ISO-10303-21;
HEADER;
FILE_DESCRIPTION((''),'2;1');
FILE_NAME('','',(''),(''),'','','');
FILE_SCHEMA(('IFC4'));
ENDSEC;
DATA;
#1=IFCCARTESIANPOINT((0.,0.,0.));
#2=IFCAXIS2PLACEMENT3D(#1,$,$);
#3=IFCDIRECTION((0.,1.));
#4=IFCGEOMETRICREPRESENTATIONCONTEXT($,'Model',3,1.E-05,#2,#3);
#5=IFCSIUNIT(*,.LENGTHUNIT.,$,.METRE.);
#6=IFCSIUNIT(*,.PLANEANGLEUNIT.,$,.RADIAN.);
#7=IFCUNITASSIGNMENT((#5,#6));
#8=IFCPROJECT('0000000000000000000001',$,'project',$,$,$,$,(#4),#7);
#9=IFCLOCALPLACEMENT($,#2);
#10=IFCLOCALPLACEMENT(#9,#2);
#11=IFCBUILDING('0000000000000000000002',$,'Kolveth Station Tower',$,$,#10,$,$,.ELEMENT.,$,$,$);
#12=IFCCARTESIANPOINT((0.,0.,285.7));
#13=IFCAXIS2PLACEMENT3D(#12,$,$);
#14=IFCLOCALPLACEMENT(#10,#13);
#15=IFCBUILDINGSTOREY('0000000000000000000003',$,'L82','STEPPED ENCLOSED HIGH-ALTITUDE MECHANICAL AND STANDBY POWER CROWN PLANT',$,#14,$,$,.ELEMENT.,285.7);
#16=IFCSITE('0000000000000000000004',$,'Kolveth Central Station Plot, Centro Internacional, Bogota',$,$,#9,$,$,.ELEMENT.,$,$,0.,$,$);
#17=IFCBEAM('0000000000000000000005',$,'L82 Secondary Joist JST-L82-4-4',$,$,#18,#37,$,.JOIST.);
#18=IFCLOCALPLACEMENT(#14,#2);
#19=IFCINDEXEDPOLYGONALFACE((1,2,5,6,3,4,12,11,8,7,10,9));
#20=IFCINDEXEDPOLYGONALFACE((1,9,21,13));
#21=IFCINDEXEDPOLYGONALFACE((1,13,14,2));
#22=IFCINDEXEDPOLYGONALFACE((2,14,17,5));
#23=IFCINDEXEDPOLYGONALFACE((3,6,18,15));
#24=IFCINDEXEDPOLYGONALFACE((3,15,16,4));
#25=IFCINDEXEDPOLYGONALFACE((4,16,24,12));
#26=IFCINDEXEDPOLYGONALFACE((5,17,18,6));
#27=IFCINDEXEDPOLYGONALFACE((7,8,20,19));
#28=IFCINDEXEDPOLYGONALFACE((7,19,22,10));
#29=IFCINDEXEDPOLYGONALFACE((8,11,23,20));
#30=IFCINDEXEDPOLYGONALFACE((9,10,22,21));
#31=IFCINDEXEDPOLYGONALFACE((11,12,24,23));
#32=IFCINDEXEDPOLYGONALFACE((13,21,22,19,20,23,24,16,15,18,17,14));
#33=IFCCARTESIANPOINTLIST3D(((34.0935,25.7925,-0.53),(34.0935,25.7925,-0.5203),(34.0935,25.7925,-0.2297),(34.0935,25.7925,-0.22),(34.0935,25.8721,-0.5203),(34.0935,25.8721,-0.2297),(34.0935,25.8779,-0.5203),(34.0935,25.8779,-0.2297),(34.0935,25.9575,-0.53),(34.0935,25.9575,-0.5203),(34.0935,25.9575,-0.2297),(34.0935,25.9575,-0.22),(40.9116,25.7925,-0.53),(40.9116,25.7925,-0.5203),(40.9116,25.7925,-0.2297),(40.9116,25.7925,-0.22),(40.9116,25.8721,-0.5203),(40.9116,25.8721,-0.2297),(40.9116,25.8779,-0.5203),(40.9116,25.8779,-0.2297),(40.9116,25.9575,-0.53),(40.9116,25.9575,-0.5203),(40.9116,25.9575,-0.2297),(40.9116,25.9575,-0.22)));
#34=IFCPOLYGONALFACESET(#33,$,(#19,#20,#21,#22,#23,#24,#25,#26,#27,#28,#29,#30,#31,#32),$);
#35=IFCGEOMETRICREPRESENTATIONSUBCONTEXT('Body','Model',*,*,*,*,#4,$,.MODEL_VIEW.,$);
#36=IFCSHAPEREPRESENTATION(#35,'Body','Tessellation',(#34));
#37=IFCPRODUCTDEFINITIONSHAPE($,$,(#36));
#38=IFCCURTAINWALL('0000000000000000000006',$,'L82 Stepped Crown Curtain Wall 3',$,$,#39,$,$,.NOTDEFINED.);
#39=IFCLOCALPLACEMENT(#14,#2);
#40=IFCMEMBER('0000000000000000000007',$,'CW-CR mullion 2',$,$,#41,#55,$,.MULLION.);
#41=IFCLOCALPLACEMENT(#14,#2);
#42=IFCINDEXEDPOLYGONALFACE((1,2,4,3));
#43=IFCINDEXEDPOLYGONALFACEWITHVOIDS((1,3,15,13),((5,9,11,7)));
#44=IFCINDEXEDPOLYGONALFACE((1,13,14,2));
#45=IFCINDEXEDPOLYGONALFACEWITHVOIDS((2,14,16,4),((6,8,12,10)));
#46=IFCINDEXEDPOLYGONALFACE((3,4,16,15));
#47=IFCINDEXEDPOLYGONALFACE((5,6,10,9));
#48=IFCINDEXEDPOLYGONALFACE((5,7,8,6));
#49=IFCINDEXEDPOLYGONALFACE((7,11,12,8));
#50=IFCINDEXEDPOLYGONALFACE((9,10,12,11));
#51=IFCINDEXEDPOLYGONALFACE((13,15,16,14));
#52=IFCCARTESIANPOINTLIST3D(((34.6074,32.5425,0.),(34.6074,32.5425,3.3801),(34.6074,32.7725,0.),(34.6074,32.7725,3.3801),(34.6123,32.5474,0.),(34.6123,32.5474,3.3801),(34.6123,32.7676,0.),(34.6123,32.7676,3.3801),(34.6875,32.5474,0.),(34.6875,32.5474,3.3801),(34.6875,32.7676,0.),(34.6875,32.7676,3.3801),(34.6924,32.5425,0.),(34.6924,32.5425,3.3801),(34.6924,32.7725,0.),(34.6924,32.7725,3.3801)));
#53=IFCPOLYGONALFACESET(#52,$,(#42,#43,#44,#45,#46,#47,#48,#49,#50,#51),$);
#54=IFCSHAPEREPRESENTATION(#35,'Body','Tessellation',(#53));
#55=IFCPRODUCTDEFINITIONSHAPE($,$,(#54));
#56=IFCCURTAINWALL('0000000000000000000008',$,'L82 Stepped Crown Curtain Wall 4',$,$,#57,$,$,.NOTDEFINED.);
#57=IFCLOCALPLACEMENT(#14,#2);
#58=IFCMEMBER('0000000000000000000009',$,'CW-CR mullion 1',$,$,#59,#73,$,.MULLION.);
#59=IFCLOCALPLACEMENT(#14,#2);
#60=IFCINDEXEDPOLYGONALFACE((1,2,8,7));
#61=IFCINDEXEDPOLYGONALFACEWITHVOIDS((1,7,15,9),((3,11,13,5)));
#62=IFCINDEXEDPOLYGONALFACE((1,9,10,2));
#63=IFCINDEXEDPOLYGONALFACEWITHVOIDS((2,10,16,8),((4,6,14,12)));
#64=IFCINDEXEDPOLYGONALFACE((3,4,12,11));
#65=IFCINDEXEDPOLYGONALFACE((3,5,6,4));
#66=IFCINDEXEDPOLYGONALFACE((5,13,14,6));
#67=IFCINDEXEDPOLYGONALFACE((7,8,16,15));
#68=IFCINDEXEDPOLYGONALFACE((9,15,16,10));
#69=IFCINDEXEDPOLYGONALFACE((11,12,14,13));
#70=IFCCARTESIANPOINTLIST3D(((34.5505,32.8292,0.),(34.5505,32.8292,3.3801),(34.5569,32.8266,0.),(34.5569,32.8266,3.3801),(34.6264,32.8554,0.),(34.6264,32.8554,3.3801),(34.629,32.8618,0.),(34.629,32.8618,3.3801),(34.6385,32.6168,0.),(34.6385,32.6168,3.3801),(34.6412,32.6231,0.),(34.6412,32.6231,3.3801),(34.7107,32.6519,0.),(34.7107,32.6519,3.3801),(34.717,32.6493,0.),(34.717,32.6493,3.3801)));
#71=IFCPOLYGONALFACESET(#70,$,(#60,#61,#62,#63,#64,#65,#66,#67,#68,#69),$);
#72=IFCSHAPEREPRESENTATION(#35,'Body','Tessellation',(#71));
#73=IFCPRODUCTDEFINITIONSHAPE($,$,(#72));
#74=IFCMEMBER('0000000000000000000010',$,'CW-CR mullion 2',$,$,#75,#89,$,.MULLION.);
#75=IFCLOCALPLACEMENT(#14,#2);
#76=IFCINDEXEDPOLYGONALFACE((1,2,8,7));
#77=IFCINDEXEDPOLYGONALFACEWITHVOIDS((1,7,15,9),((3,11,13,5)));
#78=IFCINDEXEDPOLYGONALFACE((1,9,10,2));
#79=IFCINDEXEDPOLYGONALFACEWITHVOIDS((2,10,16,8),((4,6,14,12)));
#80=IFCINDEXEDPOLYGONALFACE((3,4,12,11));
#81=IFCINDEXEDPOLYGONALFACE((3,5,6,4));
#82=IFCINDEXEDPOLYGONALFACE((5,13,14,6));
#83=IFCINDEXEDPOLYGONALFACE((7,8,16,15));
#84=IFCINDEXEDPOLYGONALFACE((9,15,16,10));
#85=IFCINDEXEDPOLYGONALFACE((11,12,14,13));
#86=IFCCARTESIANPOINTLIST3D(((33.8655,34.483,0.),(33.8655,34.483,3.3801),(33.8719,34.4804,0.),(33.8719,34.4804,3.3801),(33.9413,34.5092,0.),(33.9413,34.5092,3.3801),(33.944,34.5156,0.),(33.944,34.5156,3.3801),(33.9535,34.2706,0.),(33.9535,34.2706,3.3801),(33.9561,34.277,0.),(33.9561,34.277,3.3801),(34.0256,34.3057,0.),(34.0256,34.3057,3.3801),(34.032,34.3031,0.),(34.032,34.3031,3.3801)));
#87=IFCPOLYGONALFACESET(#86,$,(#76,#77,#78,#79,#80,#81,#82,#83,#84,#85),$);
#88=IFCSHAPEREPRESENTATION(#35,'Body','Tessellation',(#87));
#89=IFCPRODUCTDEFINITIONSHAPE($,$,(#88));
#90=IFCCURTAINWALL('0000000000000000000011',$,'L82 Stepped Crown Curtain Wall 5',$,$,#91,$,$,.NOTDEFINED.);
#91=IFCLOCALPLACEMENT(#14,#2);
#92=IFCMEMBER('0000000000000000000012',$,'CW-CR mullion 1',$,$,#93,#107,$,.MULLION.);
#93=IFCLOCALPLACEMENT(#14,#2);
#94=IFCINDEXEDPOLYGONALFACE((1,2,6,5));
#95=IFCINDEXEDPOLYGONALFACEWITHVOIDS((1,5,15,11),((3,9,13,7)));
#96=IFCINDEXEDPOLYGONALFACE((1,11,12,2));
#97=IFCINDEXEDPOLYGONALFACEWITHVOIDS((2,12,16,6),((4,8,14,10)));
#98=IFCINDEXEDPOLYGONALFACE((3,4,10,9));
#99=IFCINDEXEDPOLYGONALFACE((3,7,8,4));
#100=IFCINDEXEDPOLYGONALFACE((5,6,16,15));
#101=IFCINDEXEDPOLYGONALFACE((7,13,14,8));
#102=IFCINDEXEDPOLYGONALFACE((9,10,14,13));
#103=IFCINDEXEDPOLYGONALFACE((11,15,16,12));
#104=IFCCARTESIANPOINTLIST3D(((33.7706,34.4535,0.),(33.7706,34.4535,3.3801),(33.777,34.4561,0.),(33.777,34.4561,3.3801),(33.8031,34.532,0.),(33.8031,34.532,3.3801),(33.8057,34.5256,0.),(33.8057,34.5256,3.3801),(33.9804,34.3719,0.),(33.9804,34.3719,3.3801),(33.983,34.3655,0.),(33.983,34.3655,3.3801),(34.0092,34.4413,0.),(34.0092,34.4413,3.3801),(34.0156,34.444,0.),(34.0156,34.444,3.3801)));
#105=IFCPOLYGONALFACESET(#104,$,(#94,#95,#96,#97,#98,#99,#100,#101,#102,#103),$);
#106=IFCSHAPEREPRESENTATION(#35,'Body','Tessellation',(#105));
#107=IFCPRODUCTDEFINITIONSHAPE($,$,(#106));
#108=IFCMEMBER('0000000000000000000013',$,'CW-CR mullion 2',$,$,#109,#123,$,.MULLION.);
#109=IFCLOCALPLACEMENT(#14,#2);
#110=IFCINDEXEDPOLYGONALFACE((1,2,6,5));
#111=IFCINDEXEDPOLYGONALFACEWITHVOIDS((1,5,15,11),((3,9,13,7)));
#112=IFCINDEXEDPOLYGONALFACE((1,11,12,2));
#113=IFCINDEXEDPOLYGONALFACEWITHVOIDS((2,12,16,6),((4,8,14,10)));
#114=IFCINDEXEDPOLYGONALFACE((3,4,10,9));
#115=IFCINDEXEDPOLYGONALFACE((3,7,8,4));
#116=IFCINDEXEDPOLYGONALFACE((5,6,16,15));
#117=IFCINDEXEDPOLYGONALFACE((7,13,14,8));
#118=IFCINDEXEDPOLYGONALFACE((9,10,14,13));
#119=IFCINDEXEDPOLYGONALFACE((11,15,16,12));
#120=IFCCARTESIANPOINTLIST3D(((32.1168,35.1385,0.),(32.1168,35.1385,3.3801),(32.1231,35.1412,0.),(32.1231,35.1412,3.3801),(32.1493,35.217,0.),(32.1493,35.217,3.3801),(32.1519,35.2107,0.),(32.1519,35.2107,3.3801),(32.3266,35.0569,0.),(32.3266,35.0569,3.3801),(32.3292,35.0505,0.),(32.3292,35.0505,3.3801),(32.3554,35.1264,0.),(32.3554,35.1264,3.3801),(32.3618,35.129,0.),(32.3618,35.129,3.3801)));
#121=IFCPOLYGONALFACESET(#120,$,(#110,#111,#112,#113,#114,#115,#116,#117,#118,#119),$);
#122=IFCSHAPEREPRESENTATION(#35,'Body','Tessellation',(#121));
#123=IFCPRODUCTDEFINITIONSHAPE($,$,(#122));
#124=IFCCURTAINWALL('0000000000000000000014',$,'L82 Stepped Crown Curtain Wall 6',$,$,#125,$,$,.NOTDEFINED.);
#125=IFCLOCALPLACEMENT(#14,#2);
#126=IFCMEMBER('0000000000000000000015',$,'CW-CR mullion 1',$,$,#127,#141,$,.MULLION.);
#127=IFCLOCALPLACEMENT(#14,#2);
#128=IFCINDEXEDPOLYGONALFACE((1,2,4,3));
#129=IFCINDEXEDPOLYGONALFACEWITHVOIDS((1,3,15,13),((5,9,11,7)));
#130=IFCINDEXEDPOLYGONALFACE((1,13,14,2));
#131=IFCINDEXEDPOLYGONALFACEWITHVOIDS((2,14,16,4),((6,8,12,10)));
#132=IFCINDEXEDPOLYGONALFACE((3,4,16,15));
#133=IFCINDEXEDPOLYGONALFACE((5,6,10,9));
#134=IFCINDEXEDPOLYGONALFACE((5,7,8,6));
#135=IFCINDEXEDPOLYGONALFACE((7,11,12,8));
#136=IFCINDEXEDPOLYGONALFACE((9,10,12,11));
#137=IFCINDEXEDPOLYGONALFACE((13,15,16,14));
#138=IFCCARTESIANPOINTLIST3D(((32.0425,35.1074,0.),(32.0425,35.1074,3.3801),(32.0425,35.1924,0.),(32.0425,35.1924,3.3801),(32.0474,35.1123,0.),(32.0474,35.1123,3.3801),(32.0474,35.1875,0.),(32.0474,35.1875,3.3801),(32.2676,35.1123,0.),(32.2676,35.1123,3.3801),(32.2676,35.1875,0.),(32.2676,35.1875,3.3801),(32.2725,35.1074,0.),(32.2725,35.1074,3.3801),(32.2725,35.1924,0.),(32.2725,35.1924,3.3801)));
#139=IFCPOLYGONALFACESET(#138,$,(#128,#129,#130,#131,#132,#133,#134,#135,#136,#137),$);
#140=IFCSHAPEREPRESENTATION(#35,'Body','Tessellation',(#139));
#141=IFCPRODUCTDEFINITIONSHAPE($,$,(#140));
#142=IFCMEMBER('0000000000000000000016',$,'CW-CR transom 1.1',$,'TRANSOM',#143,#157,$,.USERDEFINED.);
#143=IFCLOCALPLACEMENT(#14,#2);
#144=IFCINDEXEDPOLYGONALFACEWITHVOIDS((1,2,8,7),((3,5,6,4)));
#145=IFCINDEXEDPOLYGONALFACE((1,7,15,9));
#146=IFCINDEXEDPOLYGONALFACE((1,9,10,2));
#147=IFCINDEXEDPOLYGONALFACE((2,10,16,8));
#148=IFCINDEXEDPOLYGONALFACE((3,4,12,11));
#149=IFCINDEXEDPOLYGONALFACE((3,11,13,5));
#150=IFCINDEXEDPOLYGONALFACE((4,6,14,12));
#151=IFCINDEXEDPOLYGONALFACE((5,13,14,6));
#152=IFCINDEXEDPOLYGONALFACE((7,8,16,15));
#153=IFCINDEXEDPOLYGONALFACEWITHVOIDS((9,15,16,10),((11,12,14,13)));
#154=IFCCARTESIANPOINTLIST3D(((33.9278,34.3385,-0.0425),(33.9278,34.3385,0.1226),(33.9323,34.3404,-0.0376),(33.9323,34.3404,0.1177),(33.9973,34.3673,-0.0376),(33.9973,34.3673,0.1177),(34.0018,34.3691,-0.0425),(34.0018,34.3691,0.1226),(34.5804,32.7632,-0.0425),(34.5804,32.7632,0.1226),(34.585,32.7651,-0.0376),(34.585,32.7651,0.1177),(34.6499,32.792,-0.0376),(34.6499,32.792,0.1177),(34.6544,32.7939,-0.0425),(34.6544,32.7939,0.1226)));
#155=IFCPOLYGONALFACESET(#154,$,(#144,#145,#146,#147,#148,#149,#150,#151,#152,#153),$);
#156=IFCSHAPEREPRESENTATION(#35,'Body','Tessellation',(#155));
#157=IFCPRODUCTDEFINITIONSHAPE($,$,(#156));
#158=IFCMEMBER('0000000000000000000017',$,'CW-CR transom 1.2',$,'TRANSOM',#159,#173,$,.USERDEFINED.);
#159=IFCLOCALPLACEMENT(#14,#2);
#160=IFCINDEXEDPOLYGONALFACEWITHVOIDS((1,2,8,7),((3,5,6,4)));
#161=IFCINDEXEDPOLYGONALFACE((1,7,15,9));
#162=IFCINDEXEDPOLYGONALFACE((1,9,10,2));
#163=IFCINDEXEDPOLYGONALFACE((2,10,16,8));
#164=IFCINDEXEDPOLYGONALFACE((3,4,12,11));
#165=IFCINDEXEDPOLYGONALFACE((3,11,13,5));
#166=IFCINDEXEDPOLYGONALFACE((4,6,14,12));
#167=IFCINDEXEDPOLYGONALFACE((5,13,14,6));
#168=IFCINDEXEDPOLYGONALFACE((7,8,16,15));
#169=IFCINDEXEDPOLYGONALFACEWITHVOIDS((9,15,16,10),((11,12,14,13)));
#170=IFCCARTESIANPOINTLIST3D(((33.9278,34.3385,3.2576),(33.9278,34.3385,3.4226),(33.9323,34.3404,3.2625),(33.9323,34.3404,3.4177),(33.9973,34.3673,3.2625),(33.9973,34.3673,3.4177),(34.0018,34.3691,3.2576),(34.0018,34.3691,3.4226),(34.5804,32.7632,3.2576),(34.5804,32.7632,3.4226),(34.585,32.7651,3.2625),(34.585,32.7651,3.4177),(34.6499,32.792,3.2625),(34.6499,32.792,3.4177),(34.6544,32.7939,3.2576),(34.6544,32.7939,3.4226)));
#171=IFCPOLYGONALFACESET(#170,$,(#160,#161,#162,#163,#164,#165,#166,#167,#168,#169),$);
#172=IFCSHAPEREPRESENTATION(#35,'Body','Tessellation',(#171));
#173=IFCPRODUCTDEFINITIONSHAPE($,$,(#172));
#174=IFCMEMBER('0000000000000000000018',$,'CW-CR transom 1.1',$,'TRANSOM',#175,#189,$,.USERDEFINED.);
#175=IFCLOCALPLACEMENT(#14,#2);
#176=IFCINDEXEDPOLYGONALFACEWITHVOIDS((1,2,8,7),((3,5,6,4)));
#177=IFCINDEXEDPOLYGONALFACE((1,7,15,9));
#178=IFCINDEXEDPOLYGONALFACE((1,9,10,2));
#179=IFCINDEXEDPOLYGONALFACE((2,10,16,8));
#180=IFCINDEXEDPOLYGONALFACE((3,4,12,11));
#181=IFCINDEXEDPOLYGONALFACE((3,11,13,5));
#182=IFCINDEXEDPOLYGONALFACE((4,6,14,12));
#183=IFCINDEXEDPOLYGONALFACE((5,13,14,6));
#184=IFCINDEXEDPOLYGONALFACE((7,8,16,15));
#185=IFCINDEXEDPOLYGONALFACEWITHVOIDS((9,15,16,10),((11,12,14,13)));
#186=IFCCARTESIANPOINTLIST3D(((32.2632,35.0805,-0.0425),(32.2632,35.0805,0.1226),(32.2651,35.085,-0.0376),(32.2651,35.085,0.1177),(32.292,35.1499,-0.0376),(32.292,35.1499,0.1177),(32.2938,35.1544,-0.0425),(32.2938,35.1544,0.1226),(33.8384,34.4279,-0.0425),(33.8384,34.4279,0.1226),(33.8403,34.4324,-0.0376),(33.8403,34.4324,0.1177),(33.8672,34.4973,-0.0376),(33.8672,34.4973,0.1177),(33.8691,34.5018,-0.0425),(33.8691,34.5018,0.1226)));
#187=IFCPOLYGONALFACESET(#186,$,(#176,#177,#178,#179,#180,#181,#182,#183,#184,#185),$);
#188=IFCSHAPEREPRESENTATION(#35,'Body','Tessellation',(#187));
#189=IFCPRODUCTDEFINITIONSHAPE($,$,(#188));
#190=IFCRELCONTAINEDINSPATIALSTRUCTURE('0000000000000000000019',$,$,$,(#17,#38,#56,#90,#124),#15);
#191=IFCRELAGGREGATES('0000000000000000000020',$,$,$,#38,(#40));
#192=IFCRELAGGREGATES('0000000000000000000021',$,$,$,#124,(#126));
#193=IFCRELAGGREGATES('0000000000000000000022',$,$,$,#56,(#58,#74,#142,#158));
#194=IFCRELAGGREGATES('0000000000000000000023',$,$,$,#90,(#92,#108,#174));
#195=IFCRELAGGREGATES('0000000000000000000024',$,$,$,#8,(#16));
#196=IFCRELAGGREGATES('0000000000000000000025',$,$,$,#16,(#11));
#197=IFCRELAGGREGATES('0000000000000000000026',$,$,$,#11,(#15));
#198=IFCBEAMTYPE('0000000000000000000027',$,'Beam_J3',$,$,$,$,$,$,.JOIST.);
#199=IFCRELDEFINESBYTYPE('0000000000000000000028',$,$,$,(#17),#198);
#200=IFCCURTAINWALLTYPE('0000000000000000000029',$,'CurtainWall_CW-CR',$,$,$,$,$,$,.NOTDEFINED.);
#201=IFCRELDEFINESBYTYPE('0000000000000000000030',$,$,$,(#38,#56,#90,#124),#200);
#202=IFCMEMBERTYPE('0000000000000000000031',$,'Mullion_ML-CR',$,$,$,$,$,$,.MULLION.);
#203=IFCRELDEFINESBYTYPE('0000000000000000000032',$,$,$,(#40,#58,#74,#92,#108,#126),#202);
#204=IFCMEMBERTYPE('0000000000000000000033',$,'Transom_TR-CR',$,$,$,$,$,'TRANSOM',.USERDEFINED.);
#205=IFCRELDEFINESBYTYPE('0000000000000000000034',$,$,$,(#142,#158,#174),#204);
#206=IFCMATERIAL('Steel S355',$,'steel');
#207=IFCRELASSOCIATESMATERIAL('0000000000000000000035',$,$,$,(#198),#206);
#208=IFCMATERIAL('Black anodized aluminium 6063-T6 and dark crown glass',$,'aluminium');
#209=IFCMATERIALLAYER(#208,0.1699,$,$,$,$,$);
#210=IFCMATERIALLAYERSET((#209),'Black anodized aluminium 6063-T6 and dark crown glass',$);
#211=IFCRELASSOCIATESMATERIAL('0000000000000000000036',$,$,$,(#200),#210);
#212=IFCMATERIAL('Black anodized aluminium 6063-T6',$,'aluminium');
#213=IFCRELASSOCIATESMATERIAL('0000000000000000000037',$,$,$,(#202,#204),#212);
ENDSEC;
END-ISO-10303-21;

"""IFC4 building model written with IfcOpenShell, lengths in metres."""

from ifc_helpers import new_model, si_unit, direction, frame, origin, origin_2d, place, context, subcontext, project, spatial, hollow_rectangle, i_section, extrude, source, transform, mapped, material, layer, layer_set, material_profile, profile_set, type_object, element, aggregate, save


model = new_model("IFC4")

# Units and contexts
model_context = context("Model", 3, precision=1e-05, world=origin(), true_north=direction((0.0, 1.0)))
body_context = subcontext(model_context, "Body", "Model", "MODEL_VIEW")
ifc_project = project(units=[si_unit("LENGTHUNIT", "METRE"), si_unit("PLANEANGLEUNIT", "RADIAN")], contexts=[model_context])

# Site, building, storey
site_placement = place(None, origin())
site = spatial("IfcSite", under=ifc_project, at=site_placement, Name="Kolveth Central Station Plot, Centro Internacional, Bogota", CompositionType="ELEMENT", RefElevation=0.0)
building_placement = place(site_placement, origin())
building = spatial("IfcBuilding", under=site, at=building_placement, Name="Kolveth Station Tower", CompositionType="ELEMENT")
storey_placement = place(building_placement, frame((0.0, 0.0, 285.7)))
storey = spatial("IfcBuildingStorey", under=building, at=storey_placement, Name="L82", Description="STEPPED ENCLOSED HIGH-ALTITUDE MECHANICAL AND STANDBY POWER CROWN PLANT", CompositionType="ELEMENT", Elevation=285.7)

# Shared definitions
ifc_material_1 = material(Name="Steel S355", Category="steel")

# Beam
ifc_material_profile_1 = material_profile(ifc_material_1, i_section(OverallWidth=0.165, OverallDepth=0.3101, WebThickness=0.0059, FlangeThickness=0.0098, at=origin_2d()), Name="W310x39")
ifc_profile_set_1 = profile_set([ifc_material_profile_1], Name="Steel S355")
beam_type_1 = type_object("IfcBeamType", Name="Beam_J3", PredefinedType="JOIST", material=ifc_profile_set_1)
shared_shape_1 = source(origin(), body_context, "Body", "SweptSolid", [
    extrude(i_section(OverallWidth=0.165, OverallDepth=0.3101, WebThickness=0.0059, FlangeThickness=0.0098, at=origin_2d()), origin(), (0.0, 0.0, 1.0), 6.8181),
])
beam_1_placement = place(storey_placement, frame((34.0935, 25.875, -0.375), z_axis=(1.0, 0.0, 0.0), x_axis=(0.0, 1.0, 0.0)))
element("IfcBeam", 1, at=beam_1_placement, inside=storey, type_object=beam_type_1, Name="L82 Secondary Joist JST-L82-4-4", PredefinedType="JOIST", context=body_context, shape_type="MappedRepresentation", body=[
    mapped(shared_shape_1, transform((0.0, 0.0, 0.0), x_axis=(1.0, 0.0, 0.0), y_axis=(0.0, 1.0, 0.0), z_axis=(0.0, 0.0, 1.0), scale=1.0)),
])

# Curtain wall, member
ifc_material_2 = material(Name="Black anodized aluminium 6063-T6 and dark crown glass", Category="aluminium")
ifc_layer_1 = layer(ifc_material_2, 0.1699)
ifc_layer_set_1 = layer_set([ifc_layer_1], Name="Black anodized aluminium 6063-T6 and dark crown glass")
curtain_wall_type = type_object("IfcCurtainWallType", Name="CurtainWall_CW-CR", PredefinedType="NOTDEFINED", material=ifc_layer_set_1)
curtain_wall_1_placement = place(storey_placement, origin())
curtain_wall_1 = element("IfcCurtainWall", 2, at=curtain_wall_1_placement, inside=storey, type_object=curtain_wall_type, Name="L82 Stepped Crown Curtain Wall 3", PredefinedType="NOTDEFINED")
ifc_material_3 = material(Name="Black anodized aluminium 6063-T6", Category="aluminium")
ifc_material_profile_2 = material_profile(ifc_material_3, hollow_rectangle(XDim=0.085, YDim=0.23, WallThickness=0.0049, at=origin_2d()), Name="ALU-85x230x5")
ifc_profile_set_2 = profile_set([ifc_material_profile_2], Name="Black anodized aluminium 6063-T6")
member_type_1 = type_object("IfcMemberType", Name="Mullion_ML-CR", PredefinedType="MULLION", material=ifc_profile_set_2)
shared_shape_2 = source(origin(), body_context, "Body", "SweptSolid", [
    extrude(hollow_rectangle(XDim=0.085, YDim=0.23, WallThickness=0.0049, at=origin_2d()), origin(), (0.0, 0.0, 1.0), 3.3801),
])
member_1_placement = place(storey_placement, frame((34.6499, 32.6575, 0.0), z_axis=(0.0, 0.0, 1.0), x_axis=(-1.0, 0.0, 0.0)))
member_1 = element("IfcMember", 3, at=member_1_placement, type_object=member_type_1, Name="CW-CR mullion 2", PredefinedType="MULLION", context=body_context, shape_type="MappedRepresentation", body=[
    mapped(shared_shape_2, transform((0.0, 0.0, 0.0), x_axis=(1.0, 0.0, 0.0), y_axis=(0.0, 1.0, 0.0), z_axis=(0.0, 0.0, 1.0), scale=1.0)),
])
aggregate(curtain_wall_1, [member_1])

# Curtain walls, members
curtain_wall_2_placement = place(storey_placement, origin())
curtain_wall_2 = element("IfcCurtainWall", 4, at=curtain_wall_2_placement, inside=storey, type_object=curtain_wall_type, Name="L82 Stepped Crown Curtain Wall 4", PredefinedType="NOTDEFINED")
member_2_placement = place(storey_placement, frame((34.6338, 32.7393, 0.0), z_axis=(0.0, 0.0, 1.0), x_axis=(-0.923876, -0.382691, 0.0)))
member_2 = element("IfcMember", 5, at=member_2_placement, type_object=member_type_1, Name="CW-CR mullion 1", PredefinedType="MULLION", context=body_context, shape_type="MappedRepresentation", body=[
    mapped(shared_shape_2, transform((0.0, 0.0, 0.0), x_axis=(1.0, 0.0, 0.0), y_axis=(0.0, 1.0, 0.0), z_axis=(0.0, 0.0, 1.0), scale=1.0)),
])
member_3_placement = place(storey_placement, frame((33.9487, 34.3931, 0.0), z_axis=(0.0, 0.0, 1.0), x_axis=(-0.923876, -0.382691, 0.0)))
member_3 = element("IfcMember", 6, at=member_3_placement, type_object=member_type_1, Name="CW-CR mullion 2", PredefinedType="MULLION", context=body_context, shape_type="MappedRepresentation", body=[
    mapped(shared_shape_2, transform((0.0, 0.0, 0.0), x_axis=(1.0, 0.0, 0.0), y_axis=(0.0, 1.0, 0.0), z_axis=(0.0, 0.0, 1.0), scale=1.0)),
])
curtain_wall_3_placement = place(storey_placement, origin())
curtain_wall_3 = element("IfcCurtainWall", 7, at=curtain_wall_3_placement, inside=storey, type_object=curtain_wall_type, Name="L82 Stepped Crown Curtain Wall 5", PredefinedType="NOTDEFINED")
member_4_placement = place(storey_placement, frame((33.8931, 34.4487, 0.0), z_axis=(0.0, 0.0, 1.0), x_axis=(-0.382691, -0.923876, 0.0)))
member_4 = element("IfcMember", 8, at=member_4_placement, type_object=member_type_1, Name="CW-CR mullion 1", PredefinedType="MULLION", context=body_context, shape_type="MappedRepresentation", body=[
    mapped(shared_shape_2, transform((0.0, 0.0, 0.0), x_axis=(1.0, 0.0, 0.0), y_axis=(0.0, 1.0, 0.0), z_axis=(0.0, 0.0, 1.0), scale=1.0)),
])
member_5_placement = place(storey_placement, frame((32.2393, 35.1338, 0.0), z_axis=(0.0, 0.0, 1.0), x_axis=(-0.382691, -0.923876, 0.0)))
member_5 = element("IfcMember", 9, at=member_5_placement, type_object=member_type_1, Name="CW-CR mullion 2", PredefinedType="MULLION", context=body_context, shape_type="MappedRepresentation", body=[
    mapped(shared_shape_2, transform((0.0, 0.0, 0.0), x_axis=(1.0, 0.0, 0.0), y_axis=(0.0, 1.0, 0.0), z_axis=(0.0, 0.0, 1.0), scale=1.0)),
])

# Curtain wall, member
curtain_wall_4_placement = place(storey_placement, origin())
curtain_wall_4 = element("IfcCurtainWall", 10, at=curtain_wall_4_placement, inside=storey, type_object=curtain_wall_type, Name="L82 Stepped Crown Curtain Wall 6", PredefinedType="NOTDEFINED")
member_6_placement = place(storey_placement, frame((32.1575, 35.1499, 0.0), z_axis=(0.0, 0.0, 1.0), x_axis=(0.0, -1.0, 0.0)))
member_6 = element("IfcMember", 11, at=member_6_placement, type_object=member_type_1, Name="CW-CR mullion 1", PredefinedType="MULLION", context=body_context, shape_type="MappedRepresentation", body=[
    mapped(shared_shape_2, transform((0.0, 0.0, 0.0), x_axis=(1.0, 0.0, 0.0), y_axis=(0.0, 1.0, 0.0), z_axis=(0.0, 0.0, 1.0), scale=1.0)),
])

# Members
ifc_material_profile_3 = material_profile(ifc_material_3, hollow_rectangle(XDim=0.0801, YDim=0.165, WallThickness=0.0049, at=origin_2d()), Name="ALU-80x165x5")
ifc_profile_set_3 = profile_set([ifc_material_profile_3], Name="Black anodized aluminium 6063-T6")
member_type_2 = type_object("IfcMemberType", Name="Transom_TR-CR", ElementType="TRANSOM", PredefinedType="USERDEFINED", material=ifc_profile_set_3)
shared_shape_3 = source(origin(), body_context, "Body", "SweptSolid", [
    extrude(hollow_rectangle(XDim=0.0801, YDim=0.165, WallThickness=0.0049, at=origin_2d()), origin(), (0.0, 0.0, 1.0), 1.7051),
])
member_7_placement = place(storey_placement, frame((34.6174, 32.7786, 0.04), z_axis=(-0.382744, 0.923855, 0.0), x_axis=(-0.923855, -0.382744, 0.0)))
member_7 = element("IfcMember", 12, at=member_7_placement, type_object=member_type_2, Name="CW-CR transom 1.1", ObjectType="TRANSOM", PredefinedType="USERDEFINED", context=body_context, shape_type="MappedRepresentation", body=[
    mapped(shared_shape_3, transform((0.0, 0.0, 0.0), x_axis=(1.0, 0.0, 0.0), y_axis=(0.0, 1.0, 0.0), z_axis=(0.0, 0.0, 1.0), scale=1.0)),
])
member_8_placement = place(storey_placement, frame((34.6174, 32.7786, 3.3401), z_axis=(-0.382744, 0.923855, 0.0), x_axis=(-0.923855, -0.382744, 0.0)))
member_8 = element("IfcMember", 13, at=member_8_placement, type_object=member_type_2, Name="CW-CR transom 1.2", ObjectType="TRANSOM", PredefinedType="USERDEFINED", context=body_context, shape_type="MappedRepresentation", body=[
    mapped(shared_shape_3, transform((0.0, 0.0, 0.0), x_axis=(1.0, 0.0, 0.0), y_axis=(0.0, 1.0, 0.0), z_axis=(0.0, 0.0, 1.0), scale=1.0)),
])
member_9_placement = place(storey_placement, frame((33.8538, 34.4648, 0.04), z_axis=(-0.923855, 0.382744, 0.0), x_axis=(-0.382744, -0.923855, 0.0)))
member_9 = element("IfcMember", 14, at=member_9_placement, type_object=member_type_2, Name="CW-CR transom 1.1", ObjectType="TRANSOM", PredefinedType="USERDEFINED", context=body_context, shape_type="MappedRepresentation", body=[
    mapped(shared_shape_3, transform((0.0, 0.0, 0.0), x_axis=(1.0, 0.0, 0.0), y_axis=(0.0, 1.0, 0.0), z_axis=(0.0, 0.0, 1.0), scale=1.0)),
])
aggregate(curtain_wall_4, [member_6])

aggregate(curtain_wall_2, [member_2, member_3, member_7, member_8])
aggregate(curtain_wall_3, [member_4, member_5, member_9])

save(model, "model.ifc")
